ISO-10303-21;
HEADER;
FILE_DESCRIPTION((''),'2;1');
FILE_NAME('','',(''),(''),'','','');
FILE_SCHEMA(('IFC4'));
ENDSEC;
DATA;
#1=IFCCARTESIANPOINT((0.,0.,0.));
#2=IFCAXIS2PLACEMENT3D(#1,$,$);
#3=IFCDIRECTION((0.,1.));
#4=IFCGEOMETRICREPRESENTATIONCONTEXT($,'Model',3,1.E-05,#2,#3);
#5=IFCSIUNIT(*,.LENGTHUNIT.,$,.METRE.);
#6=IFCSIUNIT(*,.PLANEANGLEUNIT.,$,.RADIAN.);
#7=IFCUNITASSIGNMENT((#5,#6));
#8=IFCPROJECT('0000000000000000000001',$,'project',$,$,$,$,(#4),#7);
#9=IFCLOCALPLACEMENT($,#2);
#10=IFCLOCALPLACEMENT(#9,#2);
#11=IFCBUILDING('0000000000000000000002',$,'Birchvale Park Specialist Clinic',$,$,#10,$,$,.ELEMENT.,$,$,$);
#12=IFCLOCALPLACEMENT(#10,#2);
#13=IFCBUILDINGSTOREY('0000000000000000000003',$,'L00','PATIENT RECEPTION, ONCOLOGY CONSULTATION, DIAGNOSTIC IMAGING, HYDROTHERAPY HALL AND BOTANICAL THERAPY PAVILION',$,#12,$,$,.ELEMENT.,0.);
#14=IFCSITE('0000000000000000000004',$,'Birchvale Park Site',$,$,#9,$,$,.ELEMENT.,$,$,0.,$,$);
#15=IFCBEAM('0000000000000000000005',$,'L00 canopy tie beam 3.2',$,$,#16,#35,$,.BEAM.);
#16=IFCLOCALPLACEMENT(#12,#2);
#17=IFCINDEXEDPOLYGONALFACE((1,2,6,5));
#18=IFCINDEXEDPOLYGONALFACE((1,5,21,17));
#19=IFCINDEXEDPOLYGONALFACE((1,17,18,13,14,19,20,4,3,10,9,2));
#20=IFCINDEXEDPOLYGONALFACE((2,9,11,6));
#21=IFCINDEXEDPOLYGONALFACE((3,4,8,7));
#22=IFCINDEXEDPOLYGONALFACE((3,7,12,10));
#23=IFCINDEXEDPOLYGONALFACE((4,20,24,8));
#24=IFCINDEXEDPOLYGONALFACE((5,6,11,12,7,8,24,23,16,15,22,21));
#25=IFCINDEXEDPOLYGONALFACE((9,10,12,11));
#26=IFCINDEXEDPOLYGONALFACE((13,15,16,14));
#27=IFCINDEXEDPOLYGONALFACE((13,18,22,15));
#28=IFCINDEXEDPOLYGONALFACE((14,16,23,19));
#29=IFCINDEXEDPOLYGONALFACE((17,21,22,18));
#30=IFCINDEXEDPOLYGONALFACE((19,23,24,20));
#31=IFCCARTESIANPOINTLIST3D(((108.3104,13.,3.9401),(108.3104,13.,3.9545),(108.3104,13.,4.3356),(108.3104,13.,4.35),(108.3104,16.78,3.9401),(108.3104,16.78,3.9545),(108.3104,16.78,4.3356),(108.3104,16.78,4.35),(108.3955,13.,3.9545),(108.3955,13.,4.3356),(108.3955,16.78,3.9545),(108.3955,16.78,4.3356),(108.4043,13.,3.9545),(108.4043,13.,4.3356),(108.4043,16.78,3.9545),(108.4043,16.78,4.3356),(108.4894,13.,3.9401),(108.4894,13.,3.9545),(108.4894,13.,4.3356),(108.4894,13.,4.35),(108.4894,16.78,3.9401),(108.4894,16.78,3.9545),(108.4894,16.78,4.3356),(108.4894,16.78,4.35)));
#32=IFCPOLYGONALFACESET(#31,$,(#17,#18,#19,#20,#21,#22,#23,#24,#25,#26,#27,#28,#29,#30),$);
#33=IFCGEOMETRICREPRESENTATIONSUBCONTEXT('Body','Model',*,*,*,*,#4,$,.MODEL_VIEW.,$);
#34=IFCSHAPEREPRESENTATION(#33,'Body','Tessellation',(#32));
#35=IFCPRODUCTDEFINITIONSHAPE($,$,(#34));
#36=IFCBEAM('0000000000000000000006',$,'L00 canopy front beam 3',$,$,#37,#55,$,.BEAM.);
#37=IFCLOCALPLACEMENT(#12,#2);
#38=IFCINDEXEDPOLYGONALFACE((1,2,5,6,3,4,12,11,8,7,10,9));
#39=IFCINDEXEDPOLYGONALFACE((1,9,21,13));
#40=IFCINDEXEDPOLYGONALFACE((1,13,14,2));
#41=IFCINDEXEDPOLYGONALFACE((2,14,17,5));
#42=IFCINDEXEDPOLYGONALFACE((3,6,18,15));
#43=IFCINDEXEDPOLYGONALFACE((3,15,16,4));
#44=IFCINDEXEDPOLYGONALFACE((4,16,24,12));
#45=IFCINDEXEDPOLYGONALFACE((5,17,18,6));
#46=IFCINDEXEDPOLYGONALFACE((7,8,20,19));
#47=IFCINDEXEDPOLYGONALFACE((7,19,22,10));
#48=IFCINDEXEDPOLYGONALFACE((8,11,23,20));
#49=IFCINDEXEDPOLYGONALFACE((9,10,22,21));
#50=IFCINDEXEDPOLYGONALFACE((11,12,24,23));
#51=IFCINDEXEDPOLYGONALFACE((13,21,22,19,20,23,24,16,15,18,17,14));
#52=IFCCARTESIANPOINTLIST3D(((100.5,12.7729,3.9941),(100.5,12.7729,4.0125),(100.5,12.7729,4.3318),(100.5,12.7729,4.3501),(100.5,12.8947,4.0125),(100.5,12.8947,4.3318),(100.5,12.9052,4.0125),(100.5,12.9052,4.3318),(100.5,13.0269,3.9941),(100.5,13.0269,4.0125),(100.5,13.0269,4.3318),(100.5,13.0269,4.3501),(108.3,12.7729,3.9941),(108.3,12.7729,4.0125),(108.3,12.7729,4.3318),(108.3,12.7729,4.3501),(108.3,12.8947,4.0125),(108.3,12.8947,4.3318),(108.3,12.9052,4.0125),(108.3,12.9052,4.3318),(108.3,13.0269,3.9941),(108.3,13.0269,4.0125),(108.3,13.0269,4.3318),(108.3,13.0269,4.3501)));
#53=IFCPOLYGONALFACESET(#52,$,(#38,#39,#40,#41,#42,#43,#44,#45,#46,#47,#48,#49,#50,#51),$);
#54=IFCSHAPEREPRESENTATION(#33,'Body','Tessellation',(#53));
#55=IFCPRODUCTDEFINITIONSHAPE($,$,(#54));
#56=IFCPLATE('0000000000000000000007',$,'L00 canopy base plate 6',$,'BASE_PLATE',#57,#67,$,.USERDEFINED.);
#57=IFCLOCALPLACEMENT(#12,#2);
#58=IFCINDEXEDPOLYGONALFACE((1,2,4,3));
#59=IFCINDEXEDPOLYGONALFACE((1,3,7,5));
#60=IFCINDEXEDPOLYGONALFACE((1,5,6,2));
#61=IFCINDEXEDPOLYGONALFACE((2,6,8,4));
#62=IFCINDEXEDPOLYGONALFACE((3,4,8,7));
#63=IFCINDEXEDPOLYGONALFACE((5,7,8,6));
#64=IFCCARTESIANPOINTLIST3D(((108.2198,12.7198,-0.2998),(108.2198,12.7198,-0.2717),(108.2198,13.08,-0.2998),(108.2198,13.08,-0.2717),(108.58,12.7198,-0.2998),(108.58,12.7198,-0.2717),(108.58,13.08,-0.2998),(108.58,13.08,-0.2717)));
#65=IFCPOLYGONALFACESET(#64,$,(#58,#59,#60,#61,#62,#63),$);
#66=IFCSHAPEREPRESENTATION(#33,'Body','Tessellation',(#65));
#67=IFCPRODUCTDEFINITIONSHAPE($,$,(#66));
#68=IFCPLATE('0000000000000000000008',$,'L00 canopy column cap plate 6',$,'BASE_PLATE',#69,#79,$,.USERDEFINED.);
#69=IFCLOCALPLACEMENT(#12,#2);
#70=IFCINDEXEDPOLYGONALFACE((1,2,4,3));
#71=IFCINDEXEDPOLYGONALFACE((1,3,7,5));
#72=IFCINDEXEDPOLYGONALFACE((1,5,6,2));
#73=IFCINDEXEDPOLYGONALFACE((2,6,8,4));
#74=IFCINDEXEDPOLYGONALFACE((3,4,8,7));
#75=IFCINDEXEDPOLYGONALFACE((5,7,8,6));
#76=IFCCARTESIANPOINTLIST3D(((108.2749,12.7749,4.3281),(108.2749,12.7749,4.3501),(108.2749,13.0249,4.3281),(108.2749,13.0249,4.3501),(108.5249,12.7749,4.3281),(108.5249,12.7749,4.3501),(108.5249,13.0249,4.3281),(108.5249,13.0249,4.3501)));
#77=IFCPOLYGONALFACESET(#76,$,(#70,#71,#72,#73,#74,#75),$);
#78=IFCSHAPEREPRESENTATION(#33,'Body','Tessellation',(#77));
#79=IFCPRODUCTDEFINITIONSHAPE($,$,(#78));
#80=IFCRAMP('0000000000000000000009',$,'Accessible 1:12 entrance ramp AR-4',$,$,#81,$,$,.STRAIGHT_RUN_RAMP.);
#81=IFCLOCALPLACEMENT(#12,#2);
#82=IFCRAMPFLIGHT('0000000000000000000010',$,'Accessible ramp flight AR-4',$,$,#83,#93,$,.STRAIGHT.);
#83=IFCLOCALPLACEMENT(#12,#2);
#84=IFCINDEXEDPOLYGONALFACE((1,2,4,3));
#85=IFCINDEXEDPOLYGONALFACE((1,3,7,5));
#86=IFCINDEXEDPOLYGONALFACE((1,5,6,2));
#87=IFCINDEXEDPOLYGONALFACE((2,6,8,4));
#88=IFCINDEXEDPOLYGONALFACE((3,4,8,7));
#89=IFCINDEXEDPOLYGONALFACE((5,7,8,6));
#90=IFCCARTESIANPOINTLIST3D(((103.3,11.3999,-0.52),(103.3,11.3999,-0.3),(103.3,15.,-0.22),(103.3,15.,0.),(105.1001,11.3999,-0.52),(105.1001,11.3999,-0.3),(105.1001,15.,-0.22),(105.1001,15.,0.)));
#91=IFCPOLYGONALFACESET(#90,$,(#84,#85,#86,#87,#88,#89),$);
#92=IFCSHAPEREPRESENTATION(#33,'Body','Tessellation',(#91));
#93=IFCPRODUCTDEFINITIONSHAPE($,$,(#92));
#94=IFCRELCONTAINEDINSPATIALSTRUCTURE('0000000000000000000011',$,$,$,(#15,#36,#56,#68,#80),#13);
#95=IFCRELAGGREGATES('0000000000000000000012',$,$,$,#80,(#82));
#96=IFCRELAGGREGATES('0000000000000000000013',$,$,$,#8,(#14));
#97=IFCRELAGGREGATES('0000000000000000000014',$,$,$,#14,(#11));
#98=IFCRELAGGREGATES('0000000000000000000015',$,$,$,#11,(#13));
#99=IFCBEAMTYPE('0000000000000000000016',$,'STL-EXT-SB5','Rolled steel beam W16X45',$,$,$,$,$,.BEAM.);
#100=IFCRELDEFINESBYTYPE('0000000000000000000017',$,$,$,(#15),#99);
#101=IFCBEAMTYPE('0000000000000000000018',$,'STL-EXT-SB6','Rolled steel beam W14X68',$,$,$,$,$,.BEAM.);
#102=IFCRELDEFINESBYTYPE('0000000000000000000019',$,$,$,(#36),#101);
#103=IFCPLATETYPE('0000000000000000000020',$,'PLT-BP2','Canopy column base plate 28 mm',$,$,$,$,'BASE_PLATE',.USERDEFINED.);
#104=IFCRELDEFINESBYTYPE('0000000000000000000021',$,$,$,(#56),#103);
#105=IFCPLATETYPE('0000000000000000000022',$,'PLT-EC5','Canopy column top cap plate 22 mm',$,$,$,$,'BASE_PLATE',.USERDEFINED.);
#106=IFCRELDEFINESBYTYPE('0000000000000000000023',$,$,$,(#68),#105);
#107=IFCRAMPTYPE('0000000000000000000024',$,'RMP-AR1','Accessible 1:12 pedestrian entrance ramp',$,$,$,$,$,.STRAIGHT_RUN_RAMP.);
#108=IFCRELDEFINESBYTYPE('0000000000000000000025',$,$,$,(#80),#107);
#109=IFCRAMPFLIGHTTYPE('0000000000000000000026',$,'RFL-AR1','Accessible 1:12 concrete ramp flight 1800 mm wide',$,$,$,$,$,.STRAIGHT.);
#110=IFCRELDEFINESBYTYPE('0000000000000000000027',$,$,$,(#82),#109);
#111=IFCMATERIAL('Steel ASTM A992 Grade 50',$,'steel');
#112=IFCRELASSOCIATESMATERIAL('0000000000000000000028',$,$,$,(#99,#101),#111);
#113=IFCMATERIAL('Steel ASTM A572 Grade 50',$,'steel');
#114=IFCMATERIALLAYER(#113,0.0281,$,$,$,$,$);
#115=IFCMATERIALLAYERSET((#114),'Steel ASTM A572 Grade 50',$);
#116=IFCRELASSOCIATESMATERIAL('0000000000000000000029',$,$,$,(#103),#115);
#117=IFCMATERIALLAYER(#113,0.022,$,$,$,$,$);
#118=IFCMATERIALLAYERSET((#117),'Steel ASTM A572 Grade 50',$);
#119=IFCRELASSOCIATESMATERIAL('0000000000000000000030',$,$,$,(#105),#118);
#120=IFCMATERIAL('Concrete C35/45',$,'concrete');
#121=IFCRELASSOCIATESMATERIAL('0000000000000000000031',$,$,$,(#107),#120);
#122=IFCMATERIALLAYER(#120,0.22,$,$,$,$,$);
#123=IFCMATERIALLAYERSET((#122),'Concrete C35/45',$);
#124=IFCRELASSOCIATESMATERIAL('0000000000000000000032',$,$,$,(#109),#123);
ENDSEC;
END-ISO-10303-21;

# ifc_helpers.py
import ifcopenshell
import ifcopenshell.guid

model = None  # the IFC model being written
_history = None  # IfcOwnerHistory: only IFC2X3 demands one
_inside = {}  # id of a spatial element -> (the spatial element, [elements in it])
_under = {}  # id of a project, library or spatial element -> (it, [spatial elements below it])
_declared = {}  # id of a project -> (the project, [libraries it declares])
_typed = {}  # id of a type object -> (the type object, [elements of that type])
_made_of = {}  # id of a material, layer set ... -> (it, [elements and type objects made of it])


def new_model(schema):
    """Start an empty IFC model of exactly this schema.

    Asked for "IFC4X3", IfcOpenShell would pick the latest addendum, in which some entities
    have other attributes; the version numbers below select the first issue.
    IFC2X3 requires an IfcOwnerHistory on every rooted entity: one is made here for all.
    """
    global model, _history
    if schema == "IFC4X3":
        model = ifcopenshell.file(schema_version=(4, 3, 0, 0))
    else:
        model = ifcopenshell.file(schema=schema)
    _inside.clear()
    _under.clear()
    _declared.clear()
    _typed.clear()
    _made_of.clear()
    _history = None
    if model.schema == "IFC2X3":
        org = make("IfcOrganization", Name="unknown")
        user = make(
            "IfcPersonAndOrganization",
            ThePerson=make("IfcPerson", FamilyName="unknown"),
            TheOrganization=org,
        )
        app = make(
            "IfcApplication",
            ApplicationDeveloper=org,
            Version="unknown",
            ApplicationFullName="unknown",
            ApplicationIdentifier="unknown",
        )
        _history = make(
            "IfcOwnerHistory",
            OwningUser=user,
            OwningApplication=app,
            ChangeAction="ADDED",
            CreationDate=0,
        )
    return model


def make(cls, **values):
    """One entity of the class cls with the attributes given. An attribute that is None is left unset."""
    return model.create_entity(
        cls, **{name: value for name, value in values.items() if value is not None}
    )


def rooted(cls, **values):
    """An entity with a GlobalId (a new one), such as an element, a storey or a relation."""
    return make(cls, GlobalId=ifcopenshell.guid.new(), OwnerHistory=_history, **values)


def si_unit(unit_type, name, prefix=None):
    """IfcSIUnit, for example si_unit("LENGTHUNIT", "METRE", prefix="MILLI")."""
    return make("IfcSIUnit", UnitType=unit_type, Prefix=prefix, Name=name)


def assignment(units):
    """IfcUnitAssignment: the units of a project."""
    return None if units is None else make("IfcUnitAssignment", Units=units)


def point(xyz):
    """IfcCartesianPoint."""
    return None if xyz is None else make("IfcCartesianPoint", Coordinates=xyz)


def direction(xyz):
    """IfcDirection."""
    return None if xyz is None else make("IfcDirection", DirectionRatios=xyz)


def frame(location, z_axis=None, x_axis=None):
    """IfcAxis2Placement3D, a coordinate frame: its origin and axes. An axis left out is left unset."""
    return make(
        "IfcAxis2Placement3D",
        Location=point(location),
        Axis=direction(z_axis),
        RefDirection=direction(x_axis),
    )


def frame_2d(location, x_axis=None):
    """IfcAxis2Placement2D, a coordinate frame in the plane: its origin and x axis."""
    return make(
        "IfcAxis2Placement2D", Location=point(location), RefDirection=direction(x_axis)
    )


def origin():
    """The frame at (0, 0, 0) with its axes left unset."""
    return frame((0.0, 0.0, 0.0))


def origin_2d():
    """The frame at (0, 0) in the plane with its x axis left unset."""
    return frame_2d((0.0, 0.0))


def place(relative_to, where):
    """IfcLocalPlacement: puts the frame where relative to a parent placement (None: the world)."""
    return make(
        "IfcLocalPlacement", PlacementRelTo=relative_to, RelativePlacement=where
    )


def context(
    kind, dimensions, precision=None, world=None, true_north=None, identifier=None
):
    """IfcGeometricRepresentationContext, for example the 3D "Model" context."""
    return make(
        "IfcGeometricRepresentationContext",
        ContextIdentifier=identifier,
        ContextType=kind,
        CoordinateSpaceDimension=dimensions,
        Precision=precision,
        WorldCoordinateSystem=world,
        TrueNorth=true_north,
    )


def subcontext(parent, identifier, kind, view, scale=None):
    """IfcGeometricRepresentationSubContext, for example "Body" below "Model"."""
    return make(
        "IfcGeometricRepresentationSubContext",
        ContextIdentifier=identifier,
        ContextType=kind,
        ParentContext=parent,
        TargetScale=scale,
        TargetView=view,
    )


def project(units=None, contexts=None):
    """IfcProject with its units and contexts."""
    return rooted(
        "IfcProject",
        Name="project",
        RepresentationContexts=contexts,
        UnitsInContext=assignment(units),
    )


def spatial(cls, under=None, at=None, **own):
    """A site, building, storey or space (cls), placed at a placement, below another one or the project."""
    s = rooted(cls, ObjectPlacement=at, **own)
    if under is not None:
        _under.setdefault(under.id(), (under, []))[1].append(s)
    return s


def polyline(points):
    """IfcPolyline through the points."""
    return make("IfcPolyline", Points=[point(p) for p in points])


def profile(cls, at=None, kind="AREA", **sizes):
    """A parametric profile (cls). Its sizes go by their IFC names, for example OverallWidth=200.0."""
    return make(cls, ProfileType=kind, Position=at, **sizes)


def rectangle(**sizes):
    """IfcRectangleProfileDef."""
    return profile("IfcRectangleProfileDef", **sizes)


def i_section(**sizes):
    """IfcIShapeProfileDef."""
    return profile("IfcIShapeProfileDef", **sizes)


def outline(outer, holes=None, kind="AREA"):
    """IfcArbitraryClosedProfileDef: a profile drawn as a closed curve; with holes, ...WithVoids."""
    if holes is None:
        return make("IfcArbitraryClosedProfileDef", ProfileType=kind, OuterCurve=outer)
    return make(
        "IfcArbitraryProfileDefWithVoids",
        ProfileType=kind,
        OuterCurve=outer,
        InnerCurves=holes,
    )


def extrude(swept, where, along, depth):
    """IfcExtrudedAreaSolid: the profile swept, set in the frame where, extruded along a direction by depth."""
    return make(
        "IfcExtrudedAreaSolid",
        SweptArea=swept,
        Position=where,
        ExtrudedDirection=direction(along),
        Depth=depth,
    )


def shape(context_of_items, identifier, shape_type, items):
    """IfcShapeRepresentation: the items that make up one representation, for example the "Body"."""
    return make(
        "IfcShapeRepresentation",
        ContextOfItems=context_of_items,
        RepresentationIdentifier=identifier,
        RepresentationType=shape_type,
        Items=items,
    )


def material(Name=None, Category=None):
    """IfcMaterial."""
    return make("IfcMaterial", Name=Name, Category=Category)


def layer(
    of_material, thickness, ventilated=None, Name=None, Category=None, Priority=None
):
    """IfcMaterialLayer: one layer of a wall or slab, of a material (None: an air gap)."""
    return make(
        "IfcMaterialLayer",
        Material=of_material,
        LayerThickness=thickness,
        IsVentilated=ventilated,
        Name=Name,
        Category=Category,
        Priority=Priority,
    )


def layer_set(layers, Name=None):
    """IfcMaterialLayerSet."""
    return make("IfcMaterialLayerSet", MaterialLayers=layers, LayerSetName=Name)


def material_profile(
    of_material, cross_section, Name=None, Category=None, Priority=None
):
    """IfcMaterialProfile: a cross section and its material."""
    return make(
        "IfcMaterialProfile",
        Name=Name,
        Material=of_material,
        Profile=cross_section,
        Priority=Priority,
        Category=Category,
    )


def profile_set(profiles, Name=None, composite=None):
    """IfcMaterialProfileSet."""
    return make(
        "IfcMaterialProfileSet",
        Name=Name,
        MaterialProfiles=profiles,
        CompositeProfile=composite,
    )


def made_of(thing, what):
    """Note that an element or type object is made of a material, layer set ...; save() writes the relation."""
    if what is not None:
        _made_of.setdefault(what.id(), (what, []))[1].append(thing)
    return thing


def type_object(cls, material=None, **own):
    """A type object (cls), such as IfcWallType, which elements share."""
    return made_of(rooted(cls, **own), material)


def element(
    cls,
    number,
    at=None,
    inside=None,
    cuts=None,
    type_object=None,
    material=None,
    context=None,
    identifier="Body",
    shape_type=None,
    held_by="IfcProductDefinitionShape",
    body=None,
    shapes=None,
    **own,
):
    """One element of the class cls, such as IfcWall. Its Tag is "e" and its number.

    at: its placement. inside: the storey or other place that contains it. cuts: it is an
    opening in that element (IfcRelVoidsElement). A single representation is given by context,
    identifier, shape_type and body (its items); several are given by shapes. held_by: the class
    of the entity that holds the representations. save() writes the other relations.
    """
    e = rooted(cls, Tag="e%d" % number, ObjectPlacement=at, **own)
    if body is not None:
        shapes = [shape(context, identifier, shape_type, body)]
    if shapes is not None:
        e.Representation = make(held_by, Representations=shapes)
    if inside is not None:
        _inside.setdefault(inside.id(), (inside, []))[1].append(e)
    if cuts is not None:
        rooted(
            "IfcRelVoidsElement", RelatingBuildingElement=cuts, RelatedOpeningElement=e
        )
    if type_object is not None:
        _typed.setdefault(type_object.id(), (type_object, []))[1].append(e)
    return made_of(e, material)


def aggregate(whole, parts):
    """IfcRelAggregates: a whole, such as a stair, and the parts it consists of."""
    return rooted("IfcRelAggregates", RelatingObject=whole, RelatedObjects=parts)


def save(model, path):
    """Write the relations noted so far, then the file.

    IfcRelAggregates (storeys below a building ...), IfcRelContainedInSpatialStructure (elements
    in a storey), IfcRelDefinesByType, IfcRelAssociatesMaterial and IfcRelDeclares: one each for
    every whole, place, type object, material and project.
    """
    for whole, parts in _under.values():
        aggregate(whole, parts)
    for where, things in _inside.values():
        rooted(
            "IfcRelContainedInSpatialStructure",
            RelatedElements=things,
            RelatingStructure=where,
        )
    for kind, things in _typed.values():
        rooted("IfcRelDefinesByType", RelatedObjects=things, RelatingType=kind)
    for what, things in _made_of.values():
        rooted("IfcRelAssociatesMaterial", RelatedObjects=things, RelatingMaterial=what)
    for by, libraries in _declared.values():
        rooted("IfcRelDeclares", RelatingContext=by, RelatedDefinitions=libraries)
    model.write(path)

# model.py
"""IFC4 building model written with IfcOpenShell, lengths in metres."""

from ifc_helpers import new_model, si_unit, direction, frame, origin, origin_2d, place, context, subcontext, project, spatial, polyline, rectangle, i_section, outline, extrude, material, layer, layer_set, material_profile, profile_set, type_object, element, aggregate, save


model = new_model("IFC4")

# Units and contexts
model_context = context("Model", 3, precision=1e-05, world=origin(), true_north=direction((0.0, 1.0)))
body_context = subcontext(model_context, "Body", "Model", "MODEL_VIEW")
ifc_project = project(units=[si_unit("LENGTHUNIT", "METRE"), si_unit("PLANEANGLEUNIT", "RADIAN")], contexts=[model_context])

# Site, building, storey
site_placement = place(None, origin())
site = spatial("IfcSite", under=ifc_project, at=site_placement, Name="Birchvale Park Site", CompositionType="ELEMENT", RefElevation=0.0)
building_placement = place(site_placement, origin())
building = spatial("IfcBuilding", under=site, at=building_placement, Name="Birchvale Park Specialist Clinic", CompositionType="ELEMENT")
storey_placement = place(building_placement, origin())
storey = spatial("IfcBuildingStorey", under=building, at=storey_placement, Name="L00", Description="PATIENT RECEPTION, ONCOLOGY CONSULTATION, DIAGNOSTIC IMAGING, HYDROTHERAPY HALL AND BOTANICAL THERAPY PAVILION", CompositionType="ELEMENT", Elevation=0.0)

# Beams
ifc_material_1 = material(Name="Steel ASTM A992 Grade 50", Category="steel")
ifc_material_profile_1 = material_profile(ifc_material_1, i_section(OverallWidth=0.179, OverallDepth=0.4099, WebThickness=0.0088, FlangeThickness=0.0144, at=origin_2d()), Name="W16X45")
ifc_profile_set_1 = profile_set([ifc_material_profile_1], Name="Steel ASTM A992 Grade 50")
beam_type_1 = type_object("IfcBeamType", Name="STL-EXT-SB5", Description="Rolled steel beam W16X45", PredefinedType="BEAM", material=ifc_profile_set_1)
for number, where, z_axis, x_axis, name in (
    (1, (108.3999, 13.0, 4.145), (0.0, 1.0, 0.0), (-1.0, 0.0, 0.0), "L00 canopy tie beam 3.2"),
):
    element("IfcBeam", number, at=place(storey_placement, frame(where, z_axis=z_axis, x_axis=x_axis)), inside=storey, type_object=beam_type_1, Name=name, PredefinedType="BEAM", context=body_context, shape_type="SweptSolid", body=[
        extrude(i_section(OverallWidth=0.179, OverallDepth=0.4099, WebThickness=0.0088, FlangeThickness=0.0144, at=origin_2d()), origin(), (0.0, 0.0, 1.0), 3.78),
    ])
ifc_material_profile_2 = material_profile(ifc_material_1, i_section(OverallWidth=0.2539, OverallDepth=0.356, WebThickness=0.0105, FlangeThickness=0.0183, at=origin_2d()), Name="W14X68")
ifc_profile_set_2 = profile_set([ifc_material_profile_2], Name="Steel ASTM A992 Grade 50")
beam_type_2 = type_object("IfcBeamType", Name="STL-EXT-SB6", Description="Rolled steel beam W14X68", PredefinedType="BEAM", material=ifc_profile_set_2)
beam_placement = place(storey_placement, frame((100.5, 12.8999, 4.1721), z_axis=(1.0, 0.0, 0.0), x_axis=(0.0, 1.0, 0.0)))
element("IfcBeam", 2, at=beam_placement, inside=storey, type_object=beam_type_2, Name="L00 canopy front beam 3", PredefinedType="BEAM", context=body_context, shape_type="SweptSolid", body=[
    extrude(i_section(OverallWidth=0.2539, OverallDepth=0.356, WebThickness=0.0105, FlangeThickness=0.0183, at=origin_2d()), origin(), (0.0, 0.0, 1.0), 7.8),
])

# Plates
ifc_material_2 = material(Name="Steel ASTM A572 Grade 50", Category="steel")
ifc_layer_1 = layer(ifc_material_2, 0.0281)
ifc_layer_set_1 = layer_set([ifc_layer_1], Name="Steel ASTM A572 Grade 50")
plate_type_1 = type_object("IfcPlateType", Name="PLT-BP2", Description="Canopy column base plate 28 mm", ElementType="BASE_PLATE", PredefinedType="USERDEFINED", material=ifc_layer_set_1)
plate_1_placement = place(storey_placement, frame((108.3999, 12.8999, -0.2998), z_axis=(0.0, 0.0, 1.0), x_axis=(1.0, 0.0, 0.0)))
element("IfcPlate", 3, at=plate_1_placement, inside=storey, type_object=plate_type_1, Name="L00 canopy base plate 6", ObjectType="BASE_PLATE", PredefinedType="USERDEFINED", context=body_context, shape_type="SweptSolid", body=[
    extrude(rectangle(XDim=0.3601, YDim=0.3601, at=origin_2d()), origin(), (0.0, 0.0, 1.0), 0.0281),
])
ifc_layer_2 = layer(ifc_material_2, 0.022)
ifc_layer_set_2 = layer_set([ifc_layer_2], Name="Steel ASTM A572 Grade 50")
plate_type_2 = type_object("IfcPlateType", Name="PLT-EC5", Description="Canopy column top cap plate 22 mm", ElementType="BASE_PLATE", PredefinedType="USERDEFINED", material=ifc_layer_set_2)
plate_2_placement = place(storey_placement, frame((108.3999, 12.8999, 4.3281), z_axis=(0.0, 0.0, 1.0), x_axis=(1.0, 0.0, 0.0)))
element("IfcPlate", 4, at=plate_2_placement, inside=storey, type_object=plate_type_2, Name="L00 canopy column cap plate 6", ObjectType="BASE_PLATE", PredefinedType="USERDEFINED", context=body_context, shape_type="SweptSolid", body=[
    extrude(rectangle(XDim=0.25, YDim=0.25, at=origin_2d()), origin(), (0.0, 0.0, 1.0), 0.022),
])

# Ramp, ramp flight
ifc_material_3 = material(Name="Concrete C35/45", Category="concrete")
ramp_type = type_object("IfcRampType", Name="RMP-AR1", Description="Accessible 1:12 pedestrian entrance ramp", PredefinedType="STRAIGHT_RUN_RAMP", material=ifc_material_3)
ramp_placement = place(storey_placement, origin())
ramp = element("IfcRamp", 5, at=ramp_placement, inside=storey, type_object=ramp_type, Name="Accessible 1:12 entrance ramp AR-4", PredefinedType="STRAIGHT_RUN_RAMP")
ifc_layer_3 = layer(ifc_material_3, 0.22)
ifc_layer_set_3 = layer_set([ifc_layer_3], Name="Concrete C35/45")
ramp_flight_type = type_object("IfcRampFlightType", Name="RFL-AR1", Description="Accessible 1:12 concrete ramp flight 1800 mm wide", PredefinedType="STRAIGHT", material=ifc_layer_set_3)
ramp_flight_placement = place(storey_placement, frame((104.2, 11.3999, -0.3), z_axis=(0.0, 0.0, 1.0), x_axis=(0.0, 1.0, 0.0)))
ramp_flight = element("IfcRampFlight", 6, at=ramp_flight_placement, type_object=ramp_flight_type, Name="Accessible ramp flight AR-4", PredefinedType="STRAIGHT", context=body_context, shape_type="SweptSolid", body=[
    extrude(outline(polyline([(0.0, 0.0), (3.6001, 0.3), (3.6001, 0.0801), (0.0, -0.22), (0.0, 0.0)])), frame((0.0, 0.8999, 0.0), z_axis=(0.0, -1.0, 0.0), x_axis=(1.0, 0.0, 0.0)), (0.0, 0.0, 1.0), 1.8),
])
aggregate(ramp, [ramp_flight])

save(model, "model.ifc")
